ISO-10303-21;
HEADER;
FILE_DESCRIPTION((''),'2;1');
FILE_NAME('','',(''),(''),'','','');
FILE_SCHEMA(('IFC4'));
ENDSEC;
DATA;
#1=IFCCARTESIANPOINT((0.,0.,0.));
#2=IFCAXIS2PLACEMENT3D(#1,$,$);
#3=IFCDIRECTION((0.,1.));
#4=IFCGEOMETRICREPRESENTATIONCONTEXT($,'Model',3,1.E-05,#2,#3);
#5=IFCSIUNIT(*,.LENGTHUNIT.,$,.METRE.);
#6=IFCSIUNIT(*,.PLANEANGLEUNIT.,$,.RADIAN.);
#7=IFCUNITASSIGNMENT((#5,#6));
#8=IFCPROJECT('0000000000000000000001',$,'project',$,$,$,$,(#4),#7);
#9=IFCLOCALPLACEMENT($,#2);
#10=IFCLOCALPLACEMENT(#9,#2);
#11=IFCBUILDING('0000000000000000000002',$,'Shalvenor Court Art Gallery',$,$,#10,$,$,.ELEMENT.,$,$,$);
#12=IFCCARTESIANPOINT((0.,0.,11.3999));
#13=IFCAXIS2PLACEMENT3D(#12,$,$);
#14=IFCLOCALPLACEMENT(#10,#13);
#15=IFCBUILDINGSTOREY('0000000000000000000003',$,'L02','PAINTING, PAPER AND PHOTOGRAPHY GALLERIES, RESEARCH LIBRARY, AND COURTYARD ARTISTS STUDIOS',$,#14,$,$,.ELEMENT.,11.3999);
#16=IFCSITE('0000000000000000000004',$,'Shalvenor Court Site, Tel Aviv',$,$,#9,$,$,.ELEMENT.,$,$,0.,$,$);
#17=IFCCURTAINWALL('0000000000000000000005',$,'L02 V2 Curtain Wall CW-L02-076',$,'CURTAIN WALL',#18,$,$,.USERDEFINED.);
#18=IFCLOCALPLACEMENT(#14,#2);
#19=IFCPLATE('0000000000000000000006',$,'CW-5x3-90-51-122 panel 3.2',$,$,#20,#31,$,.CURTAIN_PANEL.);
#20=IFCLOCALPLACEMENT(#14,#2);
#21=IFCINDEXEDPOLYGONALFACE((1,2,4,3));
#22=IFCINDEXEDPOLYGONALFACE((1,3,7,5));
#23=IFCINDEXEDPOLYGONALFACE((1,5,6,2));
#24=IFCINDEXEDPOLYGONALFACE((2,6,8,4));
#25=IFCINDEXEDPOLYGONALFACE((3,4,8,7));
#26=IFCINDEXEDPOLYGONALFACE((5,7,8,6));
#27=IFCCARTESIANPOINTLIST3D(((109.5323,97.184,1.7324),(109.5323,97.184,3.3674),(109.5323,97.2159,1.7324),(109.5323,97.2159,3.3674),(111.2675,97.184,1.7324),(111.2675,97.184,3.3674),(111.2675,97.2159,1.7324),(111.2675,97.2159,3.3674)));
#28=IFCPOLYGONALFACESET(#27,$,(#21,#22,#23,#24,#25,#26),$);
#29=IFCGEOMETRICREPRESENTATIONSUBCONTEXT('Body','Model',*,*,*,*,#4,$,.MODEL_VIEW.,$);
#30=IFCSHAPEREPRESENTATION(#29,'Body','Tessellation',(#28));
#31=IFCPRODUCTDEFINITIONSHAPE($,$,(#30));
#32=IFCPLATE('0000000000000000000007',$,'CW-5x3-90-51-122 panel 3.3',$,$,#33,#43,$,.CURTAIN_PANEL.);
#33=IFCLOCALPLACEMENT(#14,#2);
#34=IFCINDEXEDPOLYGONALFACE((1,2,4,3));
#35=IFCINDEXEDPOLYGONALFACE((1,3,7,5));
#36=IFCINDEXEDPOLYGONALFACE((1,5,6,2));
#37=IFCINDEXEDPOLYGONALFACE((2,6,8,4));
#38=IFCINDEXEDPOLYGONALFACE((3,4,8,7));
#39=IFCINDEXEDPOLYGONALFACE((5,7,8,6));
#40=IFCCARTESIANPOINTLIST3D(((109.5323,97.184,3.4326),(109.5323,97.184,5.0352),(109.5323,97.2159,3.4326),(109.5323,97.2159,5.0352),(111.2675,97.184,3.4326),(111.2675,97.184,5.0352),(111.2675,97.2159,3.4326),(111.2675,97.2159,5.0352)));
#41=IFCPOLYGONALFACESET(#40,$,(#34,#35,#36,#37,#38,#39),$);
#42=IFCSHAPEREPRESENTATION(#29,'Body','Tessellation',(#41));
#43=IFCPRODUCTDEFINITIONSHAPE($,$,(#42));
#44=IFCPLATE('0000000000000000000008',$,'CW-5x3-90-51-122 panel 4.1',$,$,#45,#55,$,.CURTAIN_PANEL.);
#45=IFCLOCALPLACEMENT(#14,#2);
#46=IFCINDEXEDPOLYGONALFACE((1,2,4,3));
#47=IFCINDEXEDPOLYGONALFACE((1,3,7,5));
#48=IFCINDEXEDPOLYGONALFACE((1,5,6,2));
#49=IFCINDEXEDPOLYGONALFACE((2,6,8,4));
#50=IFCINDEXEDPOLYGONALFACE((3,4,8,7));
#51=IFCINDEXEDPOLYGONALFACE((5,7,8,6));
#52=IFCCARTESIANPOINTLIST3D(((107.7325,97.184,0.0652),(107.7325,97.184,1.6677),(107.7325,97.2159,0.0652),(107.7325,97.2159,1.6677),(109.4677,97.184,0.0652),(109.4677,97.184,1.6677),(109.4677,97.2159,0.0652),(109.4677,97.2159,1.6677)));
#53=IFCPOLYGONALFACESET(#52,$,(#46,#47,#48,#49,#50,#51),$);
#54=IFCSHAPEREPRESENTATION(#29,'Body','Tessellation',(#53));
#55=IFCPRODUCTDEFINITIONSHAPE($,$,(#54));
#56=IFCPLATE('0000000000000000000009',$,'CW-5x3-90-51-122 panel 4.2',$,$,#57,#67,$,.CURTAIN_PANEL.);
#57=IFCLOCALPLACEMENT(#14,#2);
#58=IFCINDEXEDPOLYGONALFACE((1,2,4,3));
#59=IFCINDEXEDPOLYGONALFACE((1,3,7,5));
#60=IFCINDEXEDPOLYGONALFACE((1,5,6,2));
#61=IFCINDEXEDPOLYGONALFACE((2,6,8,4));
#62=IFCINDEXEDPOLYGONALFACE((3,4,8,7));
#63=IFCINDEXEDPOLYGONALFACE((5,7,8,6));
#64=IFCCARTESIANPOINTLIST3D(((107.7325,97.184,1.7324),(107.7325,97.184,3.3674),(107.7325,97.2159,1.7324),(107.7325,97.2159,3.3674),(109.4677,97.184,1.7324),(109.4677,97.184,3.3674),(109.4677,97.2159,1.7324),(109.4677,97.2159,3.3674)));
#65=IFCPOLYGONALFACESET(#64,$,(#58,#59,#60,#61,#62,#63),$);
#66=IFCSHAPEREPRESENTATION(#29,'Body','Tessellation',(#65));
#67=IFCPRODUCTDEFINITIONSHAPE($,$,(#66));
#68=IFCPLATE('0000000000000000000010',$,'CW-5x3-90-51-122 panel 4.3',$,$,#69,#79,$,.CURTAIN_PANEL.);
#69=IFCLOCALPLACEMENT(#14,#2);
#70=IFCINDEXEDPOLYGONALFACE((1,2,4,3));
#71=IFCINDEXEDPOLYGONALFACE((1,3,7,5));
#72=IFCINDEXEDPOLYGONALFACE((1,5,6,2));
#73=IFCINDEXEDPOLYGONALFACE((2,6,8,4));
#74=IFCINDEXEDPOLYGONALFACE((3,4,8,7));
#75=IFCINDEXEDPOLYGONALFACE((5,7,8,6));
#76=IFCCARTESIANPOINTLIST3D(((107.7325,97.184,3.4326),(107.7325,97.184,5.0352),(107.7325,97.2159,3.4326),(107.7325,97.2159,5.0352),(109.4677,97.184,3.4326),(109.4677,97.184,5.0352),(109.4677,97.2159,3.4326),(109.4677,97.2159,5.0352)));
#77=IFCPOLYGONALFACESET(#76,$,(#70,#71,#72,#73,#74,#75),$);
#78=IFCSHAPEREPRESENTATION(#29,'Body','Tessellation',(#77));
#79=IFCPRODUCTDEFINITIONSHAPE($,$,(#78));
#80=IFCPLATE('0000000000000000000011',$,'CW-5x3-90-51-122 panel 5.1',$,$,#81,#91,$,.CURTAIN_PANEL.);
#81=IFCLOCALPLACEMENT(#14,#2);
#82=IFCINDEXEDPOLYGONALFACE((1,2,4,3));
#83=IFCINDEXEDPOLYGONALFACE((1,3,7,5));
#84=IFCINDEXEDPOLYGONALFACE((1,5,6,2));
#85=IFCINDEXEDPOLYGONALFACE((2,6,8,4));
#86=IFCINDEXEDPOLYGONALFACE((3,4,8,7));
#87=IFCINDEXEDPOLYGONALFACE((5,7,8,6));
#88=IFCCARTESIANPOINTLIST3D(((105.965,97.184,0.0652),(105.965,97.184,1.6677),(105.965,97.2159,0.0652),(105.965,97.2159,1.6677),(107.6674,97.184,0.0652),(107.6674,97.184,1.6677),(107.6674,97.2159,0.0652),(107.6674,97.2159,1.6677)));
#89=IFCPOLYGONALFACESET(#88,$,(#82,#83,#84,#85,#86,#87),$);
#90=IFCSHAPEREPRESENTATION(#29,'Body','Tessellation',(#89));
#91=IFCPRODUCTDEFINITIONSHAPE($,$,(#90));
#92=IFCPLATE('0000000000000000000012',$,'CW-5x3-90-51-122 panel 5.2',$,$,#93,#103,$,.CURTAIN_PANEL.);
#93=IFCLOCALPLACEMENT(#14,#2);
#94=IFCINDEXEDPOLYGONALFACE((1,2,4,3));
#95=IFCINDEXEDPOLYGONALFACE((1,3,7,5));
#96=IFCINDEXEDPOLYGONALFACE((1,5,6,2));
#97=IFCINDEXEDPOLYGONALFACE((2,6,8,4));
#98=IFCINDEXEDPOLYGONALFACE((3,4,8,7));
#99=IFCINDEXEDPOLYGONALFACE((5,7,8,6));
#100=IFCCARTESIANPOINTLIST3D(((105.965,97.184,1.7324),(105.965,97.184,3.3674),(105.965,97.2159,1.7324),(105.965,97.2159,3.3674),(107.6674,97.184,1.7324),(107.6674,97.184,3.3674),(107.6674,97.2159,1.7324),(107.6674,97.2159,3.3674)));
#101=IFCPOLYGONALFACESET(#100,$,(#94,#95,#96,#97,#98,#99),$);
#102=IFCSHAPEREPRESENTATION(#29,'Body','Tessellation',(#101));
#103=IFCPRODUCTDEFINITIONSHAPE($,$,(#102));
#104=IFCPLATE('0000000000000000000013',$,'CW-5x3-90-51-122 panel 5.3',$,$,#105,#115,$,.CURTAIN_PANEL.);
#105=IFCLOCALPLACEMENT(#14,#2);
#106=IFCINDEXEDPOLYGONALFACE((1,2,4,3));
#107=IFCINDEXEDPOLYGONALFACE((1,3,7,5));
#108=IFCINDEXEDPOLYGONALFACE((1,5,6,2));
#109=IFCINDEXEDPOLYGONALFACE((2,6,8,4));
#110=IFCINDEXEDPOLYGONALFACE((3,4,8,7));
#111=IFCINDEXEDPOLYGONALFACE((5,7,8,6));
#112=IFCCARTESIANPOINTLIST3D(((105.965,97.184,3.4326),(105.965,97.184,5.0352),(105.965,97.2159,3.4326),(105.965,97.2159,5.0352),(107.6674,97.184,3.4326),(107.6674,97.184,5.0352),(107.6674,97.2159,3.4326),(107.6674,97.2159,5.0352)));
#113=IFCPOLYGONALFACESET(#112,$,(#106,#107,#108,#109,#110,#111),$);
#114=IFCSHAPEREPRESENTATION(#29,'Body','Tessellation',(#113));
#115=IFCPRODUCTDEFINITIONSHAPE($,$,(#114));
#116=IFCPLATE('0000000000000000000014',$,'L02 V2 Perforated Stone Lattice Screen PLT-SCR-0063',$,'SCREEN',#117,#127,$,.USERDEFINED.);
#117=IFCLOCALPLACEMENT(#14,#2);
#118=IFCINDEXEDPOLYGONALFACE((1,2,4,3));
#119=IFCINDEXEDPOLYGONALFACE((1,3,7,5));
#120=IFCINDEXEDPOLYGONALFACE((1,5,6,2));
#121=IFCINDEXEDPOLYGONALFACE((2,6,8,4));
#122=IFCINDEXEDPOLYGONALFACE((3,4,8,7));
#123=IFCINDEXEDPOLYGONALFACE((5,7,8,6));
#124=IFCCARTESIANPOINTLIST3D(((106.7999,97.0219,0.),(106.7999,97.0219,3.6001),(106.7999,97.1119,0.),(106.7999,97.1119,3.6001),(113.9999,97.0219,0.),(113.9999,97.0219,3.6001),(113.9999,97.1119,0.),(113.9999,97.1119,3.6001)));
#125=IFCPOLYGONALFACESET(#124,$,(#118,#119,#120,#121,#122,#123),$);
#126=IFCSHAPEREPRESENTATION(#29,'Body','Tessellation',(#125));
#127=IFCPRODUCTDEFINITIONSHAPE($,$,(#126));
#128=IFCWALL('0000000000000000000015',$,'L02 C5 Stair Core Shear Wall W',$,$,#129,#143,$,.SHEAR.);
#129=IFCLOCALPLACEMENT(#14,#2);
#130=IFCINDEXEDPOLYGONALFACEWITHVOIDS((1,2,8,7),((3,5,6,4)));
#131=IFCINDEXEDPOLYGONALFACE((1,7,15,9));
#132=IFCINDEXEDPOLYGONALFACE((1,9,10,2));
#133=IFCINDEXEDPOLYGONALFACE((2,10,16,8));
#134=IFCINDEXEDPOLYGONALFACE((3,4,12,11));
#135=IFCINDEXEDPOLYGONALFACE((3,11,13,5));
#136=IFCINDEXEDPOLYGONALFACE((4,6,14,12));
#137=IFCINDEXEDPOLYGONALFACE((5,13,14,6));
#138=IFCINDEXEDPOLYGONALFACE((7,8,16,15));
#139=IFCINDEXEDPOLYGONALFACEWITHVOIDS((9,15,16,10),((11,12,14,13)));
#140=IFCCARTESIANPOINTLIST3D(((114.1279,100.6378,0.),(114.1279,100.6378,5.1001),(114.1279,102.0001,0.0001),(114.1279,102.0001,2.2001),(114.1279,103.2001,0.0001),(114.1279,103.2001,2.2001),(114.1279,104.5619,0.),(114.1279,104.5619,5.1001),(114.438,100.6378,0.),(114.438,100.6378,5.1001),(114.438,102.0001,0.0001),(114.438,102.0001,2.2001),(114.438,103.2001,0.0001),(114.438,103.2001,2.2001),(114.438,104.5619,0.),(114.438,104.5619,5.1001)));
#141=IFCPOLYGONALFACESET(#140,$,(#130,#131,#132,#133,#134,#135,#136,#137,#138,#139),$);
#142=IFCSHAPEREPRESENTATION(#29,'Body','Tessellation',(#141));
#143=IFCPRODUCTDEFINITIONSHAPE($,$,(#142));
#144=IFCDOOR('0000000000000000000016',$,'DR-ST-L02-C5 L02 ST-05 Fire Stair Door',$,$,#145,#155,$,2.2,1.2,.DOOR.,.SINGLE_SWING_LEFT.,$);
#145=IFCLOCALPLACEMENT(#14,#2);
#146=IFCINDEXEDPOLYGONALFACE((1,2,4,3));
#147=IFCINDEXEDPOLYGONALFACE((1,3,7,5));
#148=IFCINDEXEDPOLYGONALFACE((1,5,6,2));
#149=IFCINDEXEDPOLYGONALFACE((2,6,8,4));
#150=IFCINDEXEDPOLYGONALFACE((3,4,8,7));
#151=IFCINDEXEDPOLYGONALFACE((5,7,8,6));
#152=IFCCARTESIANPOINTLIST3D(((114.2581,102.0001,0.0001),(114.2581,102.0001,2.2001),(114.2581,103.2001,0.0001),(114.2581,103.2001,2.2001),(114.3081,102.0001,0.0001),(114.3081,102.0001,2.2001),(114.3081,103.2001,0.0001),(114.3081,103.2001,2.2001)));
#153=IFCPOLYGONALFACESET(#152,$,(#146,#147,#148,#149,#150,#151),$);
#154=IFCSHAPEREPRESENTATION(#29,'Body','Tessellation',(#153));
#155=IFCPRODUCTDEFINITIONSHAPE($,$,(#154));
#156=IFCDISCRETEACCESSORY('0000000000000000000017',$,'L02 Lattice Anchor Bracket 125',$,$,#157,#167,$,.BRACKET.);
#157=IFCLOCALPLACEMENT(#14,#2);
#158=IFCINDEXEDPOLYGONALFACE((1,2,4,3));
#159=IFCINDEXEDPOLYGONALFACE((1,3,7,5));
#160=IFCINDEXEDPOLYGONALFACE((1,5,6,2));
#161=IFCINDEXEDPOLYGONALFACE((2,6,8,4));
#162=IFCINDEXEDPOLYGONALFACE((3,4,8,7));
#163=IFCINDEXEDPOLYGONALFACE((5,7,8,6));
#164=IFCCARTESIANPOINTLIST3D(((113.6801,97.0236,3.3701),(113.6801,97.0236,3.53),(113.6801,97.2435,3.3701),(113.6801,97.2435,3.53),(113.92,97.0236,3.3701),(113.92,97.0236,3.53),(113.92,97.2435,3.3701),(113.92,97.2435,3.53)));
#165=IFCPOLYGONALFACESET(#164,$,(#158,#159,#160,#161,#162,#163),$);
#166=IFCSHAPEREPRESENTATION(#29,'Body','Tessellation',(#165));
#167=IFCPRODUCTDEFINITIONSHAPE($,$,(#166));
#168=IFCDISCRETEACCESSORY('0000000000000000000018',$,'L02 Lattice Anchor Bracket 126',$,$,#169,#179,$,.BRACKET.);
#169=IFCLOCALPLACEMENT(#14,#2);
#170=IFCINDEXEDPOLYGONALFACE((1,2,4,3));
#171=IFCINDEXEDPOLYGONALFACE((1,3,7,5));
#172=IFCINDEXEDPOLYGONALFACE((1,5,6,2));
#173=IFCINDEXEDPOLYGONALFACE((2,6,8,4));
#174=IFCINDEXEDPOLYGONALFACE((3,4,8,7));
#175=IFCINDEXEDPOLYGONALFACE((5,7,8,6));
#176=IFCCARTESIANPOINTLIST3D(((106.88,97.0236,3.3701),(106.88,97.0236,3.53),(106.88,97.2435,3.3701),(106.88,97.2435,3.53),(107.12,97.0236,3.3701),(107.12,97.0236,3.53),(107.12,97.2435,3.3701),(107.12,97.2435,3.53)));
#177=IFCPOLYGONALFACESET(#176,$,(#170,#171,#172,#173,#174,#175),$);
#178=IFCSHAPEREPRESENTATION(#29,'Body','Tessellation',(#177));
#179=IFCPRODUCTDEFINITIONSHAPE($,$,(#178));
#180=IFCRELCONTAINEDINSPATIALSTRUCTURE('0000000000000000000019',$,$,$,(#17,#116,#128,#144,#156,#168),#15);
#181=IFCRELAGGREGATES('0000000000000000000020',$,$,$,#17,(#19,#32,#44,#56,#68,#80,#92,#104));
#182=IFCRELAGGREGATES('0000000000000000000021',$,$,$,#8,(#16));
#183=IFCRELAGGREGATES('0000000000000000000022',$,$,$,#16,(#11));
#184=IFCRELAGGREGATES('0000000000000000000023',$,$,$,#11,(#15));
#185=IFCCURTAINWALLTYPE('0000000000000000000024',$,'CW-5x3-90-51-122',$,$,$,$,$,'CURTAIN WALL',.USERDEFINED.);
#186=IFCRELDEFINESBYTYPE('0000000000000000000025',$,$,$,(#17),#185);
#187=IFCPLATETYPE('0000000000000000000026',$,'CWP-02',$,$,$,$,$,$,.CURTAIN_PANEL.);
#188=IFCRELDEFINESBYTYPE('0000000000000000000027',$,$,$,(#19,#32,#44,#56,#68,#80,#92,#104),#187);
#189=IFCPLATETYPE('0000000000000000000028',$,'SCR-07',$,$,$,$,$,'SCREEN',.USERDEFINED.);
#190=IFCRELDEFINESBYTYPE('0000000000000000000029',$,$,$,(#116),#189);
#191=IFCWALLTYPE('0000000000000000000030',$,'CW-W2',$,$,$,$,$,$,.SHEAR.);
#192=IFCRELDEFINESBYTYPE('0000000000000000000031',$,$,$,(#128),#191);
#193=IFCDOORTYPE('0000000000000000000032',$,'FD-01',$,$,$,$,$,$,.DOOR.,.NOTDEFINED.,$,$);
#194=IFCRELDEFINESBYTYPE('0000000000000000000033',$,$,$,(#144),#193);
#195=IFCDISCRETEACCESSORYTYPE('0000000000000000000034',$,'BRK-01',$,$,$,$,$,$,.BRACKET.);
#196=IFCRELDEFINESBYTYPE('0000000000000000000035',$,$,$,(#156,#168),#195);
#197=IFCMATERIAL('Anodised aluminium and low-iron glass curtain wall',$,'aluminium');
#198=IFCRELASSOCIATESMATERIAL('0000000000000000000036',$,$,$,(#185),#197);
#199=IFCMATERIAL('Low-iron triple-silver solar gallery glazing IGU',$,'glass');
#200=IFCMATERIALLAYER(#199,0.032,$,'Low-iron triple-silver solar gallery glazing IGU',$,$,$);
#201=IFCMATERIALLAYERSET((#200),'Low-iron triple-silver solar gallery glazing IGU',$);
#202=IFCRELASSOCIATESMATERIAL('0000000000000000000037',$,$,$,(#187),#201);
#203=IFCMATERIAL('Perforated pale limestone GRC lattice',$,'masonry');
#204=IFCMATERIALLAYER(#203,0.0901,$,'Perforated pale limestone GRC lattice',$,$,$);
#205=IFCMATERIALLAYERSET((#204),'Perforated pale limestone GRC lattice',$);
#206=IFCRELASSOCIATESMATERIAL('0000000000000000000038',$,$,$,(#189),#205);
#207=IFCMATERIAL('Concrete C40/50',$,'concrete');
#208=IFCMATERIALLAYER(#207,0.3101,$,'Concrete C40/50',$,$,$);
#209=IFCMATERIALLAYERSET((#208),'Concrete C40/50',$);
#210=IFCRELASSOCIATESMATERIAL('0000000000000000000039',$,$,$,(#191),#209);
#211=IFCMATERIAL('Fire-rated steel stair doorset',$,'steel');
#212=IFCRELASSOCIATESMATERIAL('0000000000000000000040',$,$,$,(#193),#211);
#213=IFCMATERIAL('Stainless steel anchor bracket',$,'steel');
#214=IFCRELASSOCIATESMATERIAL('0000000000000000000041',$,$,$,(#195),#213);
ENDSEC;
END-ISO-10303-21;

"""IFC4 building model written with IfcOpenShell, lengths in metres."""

from ifc_helpers import new_model, si_unit, direction, frame, frame_2d, origin, origin_2d, place, context, subcontext, project, spatial, rectangle, extrude, material, layer, layer_set, type_object, element, fill, aggregate, save


model = new_model("IFC4")

# Units and contexts
model_context = context("Model", 3, precision=1e-05, world=origin(), true_north=direction((0.0, 1.0)))
body_context = subcontext(model_context, "Body", "Model", "MODEL_VIEW")
ifc_project = project(units=[si_unit("LENGTHUNIT", "METRE"), si_unit("PLANEANGLEUNIT", "RADIAN")], contexts=[model_context])

# Site, building, storey
site_placement = place(None, origin())
site = spatial("IfcSite", under=ifc_project, at=site_placement, Name="Shalvenor Court Site, Tel Aviv", CompositionType="ELEMENT", RefElevation=0.0)
building_placement = place(site_placement, origin())
building = spatial("IfcBuilding", under=site, at=building_placement, Name="Shalvenor Court Art Gallery", CompositionType="ELEMENT")
storey_placement = place(building_placement, frame((0.0, 0.0, 11.3999)))
storey = spatial("IfcBuildingStorey", under=building, at=storey_placement, Name="L02", Description="PAINTING, PAPER AND PHOTOGRAPHY GALLERIES, RESEARCH LIBRARY, AND COURTYARD ARTISTS STUDIOS", CompositionType="ELEMENT", Elevation=11.3999)

# Curtain wall, plates
ifc_material_1 = material(Name="Anodised aluminium and low-iron glass curtain wall", Category="aluminium")
curtain_wall_type = type_object("IfcCurtainWallType", Name="CW-5x3-90-51-122", ElementType="CURTAIN WALL", PredefinedType="USERDEFINED", material=ifc_material_1)
curtain_wall_placement = place(storey_placement, origin())
curtain_wall = element("IfcCurtainWall", 1, at=curtain_wall_placement, inside=storey, type_object=curtain_wall_type, Name="L02 V2 Curtain Wall CW-L02-076", ObjectType="CURTAIN WALL", PredefinedType="USERDEFINED")
ifc_material_2 = material(Name="Low-iron triple-silver solar gallery glazing IGU", Category="glass")
ifc_layer_1 = layer(ifc_material_2, 0.032, Name="Low-iron triple-silver solar gallery glazing IGU")
ifc_layer_set_1 = layer_set([ifc_layer_1], Name="Low-iron triple-silver solar gallery glazing IGU")
plate_type_1 = type_object("IfcPlateType", Name="CWP-02", PredefinedType="CURTAIN_PANEL", material=ifc_layer_set_1)
plate_1_placement = place(storey_placement, frame((110.3999, 97.2, 1.7324), z_axis=(0.0, 0.0, 1.0), x_axis=(-1.0, 0.0, 0.0)))
plate_1 = element("IfcPlate", 2, at=plate_1_placement, type_object=plate_type_1, Name="CW-5x3-90-51-122 panel 3.2", PredefinedType="CURTAIN_PANEL", context=body_context, shape_type="SweptSolid", body=[
    extrude(rectangle(XDim=1.7351, YDim=0.032, at=origin_2d()), origin(), (0.0, 0.0, 1.0), 1.635),
])
plate_2_placement = place(storey_placement, frame((110.3999, 97.2, 3.4326), z_axis=(0.0, 0.0, 1.0), x_axis=(-1.0, 0.0, 0.0)))
plate_2 = element("IfcPlate", 3, at=plate_2_placement, type_object=plate_type_1, Name="CW-5x3-90-51-122 panel 3.3", PredefinedType="CURTAIN_PANEL", context=body_context, shape_type="SweptSolid", body=[
    extrude(rectangle(XDim=1.7351, YDim=0.032, at=origin_2d()), origin(), (0.0, 0.0, 1.0), 1.6025),
])
plate_3_placement = place(storey_placement, frame((108.6001, 97.2, 0.0652), z_axis=(0.0, 0.0, 1.0), x_axis=(-1.0, 0.0, 0.0)))
plate_3 = element("IfcPlate", 4, at=plate_3_placement, type_object=plate_type_1, Name="CW-5x3-90-51-122 panel 4.1", PredefinedType="CURTAIN_PANEL", context=body_context, shape_type="SweptSolid", body=[
    extrude(rectangle(XDim=1.7351, YDim=0.032, at=origin_2d()), origin(), (0.0, 0.0, 1.0), 1.6025),
])
plate_4_placement = place(storey_placement, frame((108.6001, 97.2, 1.7324), z_axis=(0.0, 0.0, 1.0), x_axis=(-1.0, 0.0, 0.0)))
plate_4 = element("IfcPlate", 5, at=plate_4_placement, type_object=plate_type_1, Name="CW-5x3-90-51-122 panel 4.2", PredefinedType="CURTAIN_PANEL", context=body_context, shape_type="SweptSolid", body=[
    extrude(rectangle(XDim=1.7351, YDim=0.032, at=origin_2d()), origin(), (0.0, 0.0, 1.0), 1.635),
])
plate_5_placement = place(storey_placement, frame((108.6001, 97.2, 3.4326), z_axis=(0.0, 0.0, 1.0), x_axis=(-1.0, 0.0, 0.0)))
plate_5 = element("IfcPlate", 6, at=plate_5_placement, type_object=plate_type_1, Name="CW-5x3-90-51-122 panel 4.3", PredefinedType="CURTAIN_PANEL", context=body_context, shape_type="SweptSolid", body=[
    extrude(rectangle(XDim=1.7351, YDim=0.032, at=origin_2d()), origin(), (0.0, 0.0, 1.0), 1.6025),
])
plate_6_placement = place(storey_placement, frame((106.8162, 97.2, 0.0652), z_axis=(0.0, 0.0, 1.0), x_axis=(-1.0, 0.0, 0.0)))
plate_6 = element("IfcPlate", 7, at=plate_6_placement, type_object=plate_type_1, Name="CW-5x3-90-51-122 panel 5.1", PredefinedType="CURTAIN_PANEL", context=body_context, shape_type="SweptSolid", body=[
    extrude(rectangle(XDim=1.7024, YDim=0.032, at=origin_2d()), origin(), (0.0, 0.0, 1.0), 1.6025),
])
plate_7_placement = place(storey_placement, frame((106.8162, 97.2, 1.7324), z_axis=(0.0, 0.0, 1.0), x_axis=(-1.0, 0.0, 0.0)))
plate_7 = element("IfcPlate", 8, at=plate_7_placement, type_object=plate_type_1, Name="CW-5x3-90-51-122 panel 5.2", PredefinedType="CURTAIN_PANEL", context=body_context, shape_type="SweptSolid", body=[
    extrude(rectangle(XDim=1.7024, YDim=0.032, at=origin_2d()), origin(), (0.0, 0.0, 1.0), 1.635),
])
plate_8_placement = place(storey_placement, frame((106.8162, 97.2, 3.4326), z_axis=(0.0, 0.0, 1.0), x_axis=(-1.0, 0.0, 0.0)))
plate_8 = element("IfcPlate", 9, at=plate_8_placement, type_object=plate_type_1, Name="CW-5x3-90-51-122 panel 5.3", PredefinedType="CURTAIN_PANEL", context=body_context, shape_type="SweptSolid", body=[
    extrude(rectangle(XDim=1.7024, YDim=0.032, at=origin_2d()), origin(), (0.0, 0.0, 1.0), 1.6025),
])
aggregate(curtain_wall, [plate_1, plate_2, plate_3, plate_4, plate_5, plate_6, plate_7, plate_8])

# Plate
ifc_material_3 = material(Name="Perforated pale limestone GRC lattice", Category="masonry")
ifc_layer_2 = layer(ifc_material_3, 0.0901, Name="Perforated pale limestone GRC lattice")
ifc_layer_set_2 = layer_set([ifc_layer_2], Name="Perforated pale limestone GRC lattice")
plate_type_2 = type_object("IfcPlateType", Name="SCR-07", ElementType="SCREEN", PredefinedType="USERDEFINED", material=ifc_layer_set_2)
plate_9_placement = place(storey_placement, frame((110.3999, 97.0669, 0.0), z_axis=(0.0, 0.0, 1.0), x_axis=(-1.0, 0.0, 0.0)))
element("IfcPlate", 10, at=plate_9_placement, inside=storey, type_object=plate_type_2, Name="L02 V2 Perforated Stone Lattice Screen PLT-SCR-0063", ObjectType="SCREEN", PredefinedType="USERDEFINED", context=body_context, shape_type="SweptSolid", body=[
    extrude(rectangle(XDim=7.2, YDim=0.0901, at=origin_2d()), origin(), (0.0, 0.0, 1.0), 3.6001),
])

# Wall, opening, door
ifc_material_4 = material(Name="Concrete C40/50", Category="concrete")
ifc_layer_3 = layer(ifc_material_4, 0.3101, Name="Concrete C40/50")
ifc_layer_set_3 = layer_set([ifc_layer_3], Name="Concrete C40/50")
wall_type = type_object("IfcWallType", Name="CW-W2", PredefinedType="SHEAR", material=ifc_layer_set_3)
wall_placement = place(storey_placement, frame((114.283, 100.6379, 0.0), z_axis=(0.0, 0.0, 1.0), x_axis=(0.0, 1.0, 0.0)))
wall = element("IfcWall", 11, at=wall_placement, inside=storey, type_object=wall_type, Name="L02 C5 Stair Core Shear Wall W", PredefinedType="SHEAR", context=body_context, shape_type="SweptSolid", body=[
    extrude(rectangle(XDim=3.9241, YDim=0.3101, at=frame_2d((1.9619, 0.0))), origin(), (0.0, 0.0, 1.0), 5.1001),
])
opening_placement = place(wall_placement, frame((1.3621, 0.0, 0.0)))
opening = element("IfcOpeningElement", 12, at=opening_placement, cuts=wall, PredefinedType="OPENING", context=body_context, shape_type="SweptSolid", body=[
    extrude(rectangle(XDim=1.2, YDim=2.2, at=frame_2d((0.6001, 1.1001))), frame((0.0, 0.165, 0.0), z_axis=(0.0, -1.0, 0.0), x_axis=(1.0, 0.0, 0.0)), (0.0, 0.0, 1.0), 0.3301),
])
ifc_material_5 = material(Name="Fire-rated steel stair doorset", Category="steel")
door_type = type_object("IfcDoorType", Name="FD-01", OperationType="NOTDEFINED", PredefinedType="DOOR", material=ifc_material_5)
door_placement = place(opening_placement, origin())
door = element("IfcDoor", 13, at=door_placement, inside=storey, type_object=door_type, Name="DR-ST-L02-C5 L02 ST-05 Fire Stair Door", OperationType="SINGLE_SWING_LEFT", OverallHeight=2.2, OverallWidth=1.2, PredefinedType="DOOR", context=body_context, shape_type="SweptSolid", body=[
    extrude(rectangle(XDim=1.2, YDim=2.2, at=frame_2d((0.6001, 1.1001))), frame((0.0, 0.0249, 0.0), z_axis=(0.0, -1.0, 0.0), x_axis=(1.0, 0.0, 0.0)), (0.0, 0.0, 1.0), 0.05),
])
fill(opening, door)

# Discrete accessories
ifc_material_6 = material(Name="Stainless steel anchor bracket", Category="steel")
discrete_accessory_type = type_object("IfcDiscreteAccessoryType", Name="BRK-01", PredefinedType="BRACKET", material=ifc_material_6)
for number, where, z_axis, x_axis, name in (
    (14, (113.8, 97.1335, 3.3701), (0.0, 0.0, 1.0), (-1.0, 0.0, 0.0), "L02 Lattice Anchor Bracket 125"),
    (15, (107.0, 97.1335, 3.3701), (0.0, 0.0, 1.0), (-1.0, 0.0, 0.0), "L02 Lattice Anchor Bracket 126"),
):
    element("IfcDiscreteAccessory", number, at=place(storey_placement, frame(where, z_axis=z_axis, x_axis=x_axis)), inside=storey, type_object=discrete_accessory_type, Name=name, PredefinedType="BRACKET", context=body_context, shape_type="SweptSolid", body=[
        extrude(rectangle(XDim=0.24, YDim=0.22, at=origin_2d()), origin(), (0.0, 0.0, 1.0), 0.1599),
    ])

save(model, "model.ifc")
